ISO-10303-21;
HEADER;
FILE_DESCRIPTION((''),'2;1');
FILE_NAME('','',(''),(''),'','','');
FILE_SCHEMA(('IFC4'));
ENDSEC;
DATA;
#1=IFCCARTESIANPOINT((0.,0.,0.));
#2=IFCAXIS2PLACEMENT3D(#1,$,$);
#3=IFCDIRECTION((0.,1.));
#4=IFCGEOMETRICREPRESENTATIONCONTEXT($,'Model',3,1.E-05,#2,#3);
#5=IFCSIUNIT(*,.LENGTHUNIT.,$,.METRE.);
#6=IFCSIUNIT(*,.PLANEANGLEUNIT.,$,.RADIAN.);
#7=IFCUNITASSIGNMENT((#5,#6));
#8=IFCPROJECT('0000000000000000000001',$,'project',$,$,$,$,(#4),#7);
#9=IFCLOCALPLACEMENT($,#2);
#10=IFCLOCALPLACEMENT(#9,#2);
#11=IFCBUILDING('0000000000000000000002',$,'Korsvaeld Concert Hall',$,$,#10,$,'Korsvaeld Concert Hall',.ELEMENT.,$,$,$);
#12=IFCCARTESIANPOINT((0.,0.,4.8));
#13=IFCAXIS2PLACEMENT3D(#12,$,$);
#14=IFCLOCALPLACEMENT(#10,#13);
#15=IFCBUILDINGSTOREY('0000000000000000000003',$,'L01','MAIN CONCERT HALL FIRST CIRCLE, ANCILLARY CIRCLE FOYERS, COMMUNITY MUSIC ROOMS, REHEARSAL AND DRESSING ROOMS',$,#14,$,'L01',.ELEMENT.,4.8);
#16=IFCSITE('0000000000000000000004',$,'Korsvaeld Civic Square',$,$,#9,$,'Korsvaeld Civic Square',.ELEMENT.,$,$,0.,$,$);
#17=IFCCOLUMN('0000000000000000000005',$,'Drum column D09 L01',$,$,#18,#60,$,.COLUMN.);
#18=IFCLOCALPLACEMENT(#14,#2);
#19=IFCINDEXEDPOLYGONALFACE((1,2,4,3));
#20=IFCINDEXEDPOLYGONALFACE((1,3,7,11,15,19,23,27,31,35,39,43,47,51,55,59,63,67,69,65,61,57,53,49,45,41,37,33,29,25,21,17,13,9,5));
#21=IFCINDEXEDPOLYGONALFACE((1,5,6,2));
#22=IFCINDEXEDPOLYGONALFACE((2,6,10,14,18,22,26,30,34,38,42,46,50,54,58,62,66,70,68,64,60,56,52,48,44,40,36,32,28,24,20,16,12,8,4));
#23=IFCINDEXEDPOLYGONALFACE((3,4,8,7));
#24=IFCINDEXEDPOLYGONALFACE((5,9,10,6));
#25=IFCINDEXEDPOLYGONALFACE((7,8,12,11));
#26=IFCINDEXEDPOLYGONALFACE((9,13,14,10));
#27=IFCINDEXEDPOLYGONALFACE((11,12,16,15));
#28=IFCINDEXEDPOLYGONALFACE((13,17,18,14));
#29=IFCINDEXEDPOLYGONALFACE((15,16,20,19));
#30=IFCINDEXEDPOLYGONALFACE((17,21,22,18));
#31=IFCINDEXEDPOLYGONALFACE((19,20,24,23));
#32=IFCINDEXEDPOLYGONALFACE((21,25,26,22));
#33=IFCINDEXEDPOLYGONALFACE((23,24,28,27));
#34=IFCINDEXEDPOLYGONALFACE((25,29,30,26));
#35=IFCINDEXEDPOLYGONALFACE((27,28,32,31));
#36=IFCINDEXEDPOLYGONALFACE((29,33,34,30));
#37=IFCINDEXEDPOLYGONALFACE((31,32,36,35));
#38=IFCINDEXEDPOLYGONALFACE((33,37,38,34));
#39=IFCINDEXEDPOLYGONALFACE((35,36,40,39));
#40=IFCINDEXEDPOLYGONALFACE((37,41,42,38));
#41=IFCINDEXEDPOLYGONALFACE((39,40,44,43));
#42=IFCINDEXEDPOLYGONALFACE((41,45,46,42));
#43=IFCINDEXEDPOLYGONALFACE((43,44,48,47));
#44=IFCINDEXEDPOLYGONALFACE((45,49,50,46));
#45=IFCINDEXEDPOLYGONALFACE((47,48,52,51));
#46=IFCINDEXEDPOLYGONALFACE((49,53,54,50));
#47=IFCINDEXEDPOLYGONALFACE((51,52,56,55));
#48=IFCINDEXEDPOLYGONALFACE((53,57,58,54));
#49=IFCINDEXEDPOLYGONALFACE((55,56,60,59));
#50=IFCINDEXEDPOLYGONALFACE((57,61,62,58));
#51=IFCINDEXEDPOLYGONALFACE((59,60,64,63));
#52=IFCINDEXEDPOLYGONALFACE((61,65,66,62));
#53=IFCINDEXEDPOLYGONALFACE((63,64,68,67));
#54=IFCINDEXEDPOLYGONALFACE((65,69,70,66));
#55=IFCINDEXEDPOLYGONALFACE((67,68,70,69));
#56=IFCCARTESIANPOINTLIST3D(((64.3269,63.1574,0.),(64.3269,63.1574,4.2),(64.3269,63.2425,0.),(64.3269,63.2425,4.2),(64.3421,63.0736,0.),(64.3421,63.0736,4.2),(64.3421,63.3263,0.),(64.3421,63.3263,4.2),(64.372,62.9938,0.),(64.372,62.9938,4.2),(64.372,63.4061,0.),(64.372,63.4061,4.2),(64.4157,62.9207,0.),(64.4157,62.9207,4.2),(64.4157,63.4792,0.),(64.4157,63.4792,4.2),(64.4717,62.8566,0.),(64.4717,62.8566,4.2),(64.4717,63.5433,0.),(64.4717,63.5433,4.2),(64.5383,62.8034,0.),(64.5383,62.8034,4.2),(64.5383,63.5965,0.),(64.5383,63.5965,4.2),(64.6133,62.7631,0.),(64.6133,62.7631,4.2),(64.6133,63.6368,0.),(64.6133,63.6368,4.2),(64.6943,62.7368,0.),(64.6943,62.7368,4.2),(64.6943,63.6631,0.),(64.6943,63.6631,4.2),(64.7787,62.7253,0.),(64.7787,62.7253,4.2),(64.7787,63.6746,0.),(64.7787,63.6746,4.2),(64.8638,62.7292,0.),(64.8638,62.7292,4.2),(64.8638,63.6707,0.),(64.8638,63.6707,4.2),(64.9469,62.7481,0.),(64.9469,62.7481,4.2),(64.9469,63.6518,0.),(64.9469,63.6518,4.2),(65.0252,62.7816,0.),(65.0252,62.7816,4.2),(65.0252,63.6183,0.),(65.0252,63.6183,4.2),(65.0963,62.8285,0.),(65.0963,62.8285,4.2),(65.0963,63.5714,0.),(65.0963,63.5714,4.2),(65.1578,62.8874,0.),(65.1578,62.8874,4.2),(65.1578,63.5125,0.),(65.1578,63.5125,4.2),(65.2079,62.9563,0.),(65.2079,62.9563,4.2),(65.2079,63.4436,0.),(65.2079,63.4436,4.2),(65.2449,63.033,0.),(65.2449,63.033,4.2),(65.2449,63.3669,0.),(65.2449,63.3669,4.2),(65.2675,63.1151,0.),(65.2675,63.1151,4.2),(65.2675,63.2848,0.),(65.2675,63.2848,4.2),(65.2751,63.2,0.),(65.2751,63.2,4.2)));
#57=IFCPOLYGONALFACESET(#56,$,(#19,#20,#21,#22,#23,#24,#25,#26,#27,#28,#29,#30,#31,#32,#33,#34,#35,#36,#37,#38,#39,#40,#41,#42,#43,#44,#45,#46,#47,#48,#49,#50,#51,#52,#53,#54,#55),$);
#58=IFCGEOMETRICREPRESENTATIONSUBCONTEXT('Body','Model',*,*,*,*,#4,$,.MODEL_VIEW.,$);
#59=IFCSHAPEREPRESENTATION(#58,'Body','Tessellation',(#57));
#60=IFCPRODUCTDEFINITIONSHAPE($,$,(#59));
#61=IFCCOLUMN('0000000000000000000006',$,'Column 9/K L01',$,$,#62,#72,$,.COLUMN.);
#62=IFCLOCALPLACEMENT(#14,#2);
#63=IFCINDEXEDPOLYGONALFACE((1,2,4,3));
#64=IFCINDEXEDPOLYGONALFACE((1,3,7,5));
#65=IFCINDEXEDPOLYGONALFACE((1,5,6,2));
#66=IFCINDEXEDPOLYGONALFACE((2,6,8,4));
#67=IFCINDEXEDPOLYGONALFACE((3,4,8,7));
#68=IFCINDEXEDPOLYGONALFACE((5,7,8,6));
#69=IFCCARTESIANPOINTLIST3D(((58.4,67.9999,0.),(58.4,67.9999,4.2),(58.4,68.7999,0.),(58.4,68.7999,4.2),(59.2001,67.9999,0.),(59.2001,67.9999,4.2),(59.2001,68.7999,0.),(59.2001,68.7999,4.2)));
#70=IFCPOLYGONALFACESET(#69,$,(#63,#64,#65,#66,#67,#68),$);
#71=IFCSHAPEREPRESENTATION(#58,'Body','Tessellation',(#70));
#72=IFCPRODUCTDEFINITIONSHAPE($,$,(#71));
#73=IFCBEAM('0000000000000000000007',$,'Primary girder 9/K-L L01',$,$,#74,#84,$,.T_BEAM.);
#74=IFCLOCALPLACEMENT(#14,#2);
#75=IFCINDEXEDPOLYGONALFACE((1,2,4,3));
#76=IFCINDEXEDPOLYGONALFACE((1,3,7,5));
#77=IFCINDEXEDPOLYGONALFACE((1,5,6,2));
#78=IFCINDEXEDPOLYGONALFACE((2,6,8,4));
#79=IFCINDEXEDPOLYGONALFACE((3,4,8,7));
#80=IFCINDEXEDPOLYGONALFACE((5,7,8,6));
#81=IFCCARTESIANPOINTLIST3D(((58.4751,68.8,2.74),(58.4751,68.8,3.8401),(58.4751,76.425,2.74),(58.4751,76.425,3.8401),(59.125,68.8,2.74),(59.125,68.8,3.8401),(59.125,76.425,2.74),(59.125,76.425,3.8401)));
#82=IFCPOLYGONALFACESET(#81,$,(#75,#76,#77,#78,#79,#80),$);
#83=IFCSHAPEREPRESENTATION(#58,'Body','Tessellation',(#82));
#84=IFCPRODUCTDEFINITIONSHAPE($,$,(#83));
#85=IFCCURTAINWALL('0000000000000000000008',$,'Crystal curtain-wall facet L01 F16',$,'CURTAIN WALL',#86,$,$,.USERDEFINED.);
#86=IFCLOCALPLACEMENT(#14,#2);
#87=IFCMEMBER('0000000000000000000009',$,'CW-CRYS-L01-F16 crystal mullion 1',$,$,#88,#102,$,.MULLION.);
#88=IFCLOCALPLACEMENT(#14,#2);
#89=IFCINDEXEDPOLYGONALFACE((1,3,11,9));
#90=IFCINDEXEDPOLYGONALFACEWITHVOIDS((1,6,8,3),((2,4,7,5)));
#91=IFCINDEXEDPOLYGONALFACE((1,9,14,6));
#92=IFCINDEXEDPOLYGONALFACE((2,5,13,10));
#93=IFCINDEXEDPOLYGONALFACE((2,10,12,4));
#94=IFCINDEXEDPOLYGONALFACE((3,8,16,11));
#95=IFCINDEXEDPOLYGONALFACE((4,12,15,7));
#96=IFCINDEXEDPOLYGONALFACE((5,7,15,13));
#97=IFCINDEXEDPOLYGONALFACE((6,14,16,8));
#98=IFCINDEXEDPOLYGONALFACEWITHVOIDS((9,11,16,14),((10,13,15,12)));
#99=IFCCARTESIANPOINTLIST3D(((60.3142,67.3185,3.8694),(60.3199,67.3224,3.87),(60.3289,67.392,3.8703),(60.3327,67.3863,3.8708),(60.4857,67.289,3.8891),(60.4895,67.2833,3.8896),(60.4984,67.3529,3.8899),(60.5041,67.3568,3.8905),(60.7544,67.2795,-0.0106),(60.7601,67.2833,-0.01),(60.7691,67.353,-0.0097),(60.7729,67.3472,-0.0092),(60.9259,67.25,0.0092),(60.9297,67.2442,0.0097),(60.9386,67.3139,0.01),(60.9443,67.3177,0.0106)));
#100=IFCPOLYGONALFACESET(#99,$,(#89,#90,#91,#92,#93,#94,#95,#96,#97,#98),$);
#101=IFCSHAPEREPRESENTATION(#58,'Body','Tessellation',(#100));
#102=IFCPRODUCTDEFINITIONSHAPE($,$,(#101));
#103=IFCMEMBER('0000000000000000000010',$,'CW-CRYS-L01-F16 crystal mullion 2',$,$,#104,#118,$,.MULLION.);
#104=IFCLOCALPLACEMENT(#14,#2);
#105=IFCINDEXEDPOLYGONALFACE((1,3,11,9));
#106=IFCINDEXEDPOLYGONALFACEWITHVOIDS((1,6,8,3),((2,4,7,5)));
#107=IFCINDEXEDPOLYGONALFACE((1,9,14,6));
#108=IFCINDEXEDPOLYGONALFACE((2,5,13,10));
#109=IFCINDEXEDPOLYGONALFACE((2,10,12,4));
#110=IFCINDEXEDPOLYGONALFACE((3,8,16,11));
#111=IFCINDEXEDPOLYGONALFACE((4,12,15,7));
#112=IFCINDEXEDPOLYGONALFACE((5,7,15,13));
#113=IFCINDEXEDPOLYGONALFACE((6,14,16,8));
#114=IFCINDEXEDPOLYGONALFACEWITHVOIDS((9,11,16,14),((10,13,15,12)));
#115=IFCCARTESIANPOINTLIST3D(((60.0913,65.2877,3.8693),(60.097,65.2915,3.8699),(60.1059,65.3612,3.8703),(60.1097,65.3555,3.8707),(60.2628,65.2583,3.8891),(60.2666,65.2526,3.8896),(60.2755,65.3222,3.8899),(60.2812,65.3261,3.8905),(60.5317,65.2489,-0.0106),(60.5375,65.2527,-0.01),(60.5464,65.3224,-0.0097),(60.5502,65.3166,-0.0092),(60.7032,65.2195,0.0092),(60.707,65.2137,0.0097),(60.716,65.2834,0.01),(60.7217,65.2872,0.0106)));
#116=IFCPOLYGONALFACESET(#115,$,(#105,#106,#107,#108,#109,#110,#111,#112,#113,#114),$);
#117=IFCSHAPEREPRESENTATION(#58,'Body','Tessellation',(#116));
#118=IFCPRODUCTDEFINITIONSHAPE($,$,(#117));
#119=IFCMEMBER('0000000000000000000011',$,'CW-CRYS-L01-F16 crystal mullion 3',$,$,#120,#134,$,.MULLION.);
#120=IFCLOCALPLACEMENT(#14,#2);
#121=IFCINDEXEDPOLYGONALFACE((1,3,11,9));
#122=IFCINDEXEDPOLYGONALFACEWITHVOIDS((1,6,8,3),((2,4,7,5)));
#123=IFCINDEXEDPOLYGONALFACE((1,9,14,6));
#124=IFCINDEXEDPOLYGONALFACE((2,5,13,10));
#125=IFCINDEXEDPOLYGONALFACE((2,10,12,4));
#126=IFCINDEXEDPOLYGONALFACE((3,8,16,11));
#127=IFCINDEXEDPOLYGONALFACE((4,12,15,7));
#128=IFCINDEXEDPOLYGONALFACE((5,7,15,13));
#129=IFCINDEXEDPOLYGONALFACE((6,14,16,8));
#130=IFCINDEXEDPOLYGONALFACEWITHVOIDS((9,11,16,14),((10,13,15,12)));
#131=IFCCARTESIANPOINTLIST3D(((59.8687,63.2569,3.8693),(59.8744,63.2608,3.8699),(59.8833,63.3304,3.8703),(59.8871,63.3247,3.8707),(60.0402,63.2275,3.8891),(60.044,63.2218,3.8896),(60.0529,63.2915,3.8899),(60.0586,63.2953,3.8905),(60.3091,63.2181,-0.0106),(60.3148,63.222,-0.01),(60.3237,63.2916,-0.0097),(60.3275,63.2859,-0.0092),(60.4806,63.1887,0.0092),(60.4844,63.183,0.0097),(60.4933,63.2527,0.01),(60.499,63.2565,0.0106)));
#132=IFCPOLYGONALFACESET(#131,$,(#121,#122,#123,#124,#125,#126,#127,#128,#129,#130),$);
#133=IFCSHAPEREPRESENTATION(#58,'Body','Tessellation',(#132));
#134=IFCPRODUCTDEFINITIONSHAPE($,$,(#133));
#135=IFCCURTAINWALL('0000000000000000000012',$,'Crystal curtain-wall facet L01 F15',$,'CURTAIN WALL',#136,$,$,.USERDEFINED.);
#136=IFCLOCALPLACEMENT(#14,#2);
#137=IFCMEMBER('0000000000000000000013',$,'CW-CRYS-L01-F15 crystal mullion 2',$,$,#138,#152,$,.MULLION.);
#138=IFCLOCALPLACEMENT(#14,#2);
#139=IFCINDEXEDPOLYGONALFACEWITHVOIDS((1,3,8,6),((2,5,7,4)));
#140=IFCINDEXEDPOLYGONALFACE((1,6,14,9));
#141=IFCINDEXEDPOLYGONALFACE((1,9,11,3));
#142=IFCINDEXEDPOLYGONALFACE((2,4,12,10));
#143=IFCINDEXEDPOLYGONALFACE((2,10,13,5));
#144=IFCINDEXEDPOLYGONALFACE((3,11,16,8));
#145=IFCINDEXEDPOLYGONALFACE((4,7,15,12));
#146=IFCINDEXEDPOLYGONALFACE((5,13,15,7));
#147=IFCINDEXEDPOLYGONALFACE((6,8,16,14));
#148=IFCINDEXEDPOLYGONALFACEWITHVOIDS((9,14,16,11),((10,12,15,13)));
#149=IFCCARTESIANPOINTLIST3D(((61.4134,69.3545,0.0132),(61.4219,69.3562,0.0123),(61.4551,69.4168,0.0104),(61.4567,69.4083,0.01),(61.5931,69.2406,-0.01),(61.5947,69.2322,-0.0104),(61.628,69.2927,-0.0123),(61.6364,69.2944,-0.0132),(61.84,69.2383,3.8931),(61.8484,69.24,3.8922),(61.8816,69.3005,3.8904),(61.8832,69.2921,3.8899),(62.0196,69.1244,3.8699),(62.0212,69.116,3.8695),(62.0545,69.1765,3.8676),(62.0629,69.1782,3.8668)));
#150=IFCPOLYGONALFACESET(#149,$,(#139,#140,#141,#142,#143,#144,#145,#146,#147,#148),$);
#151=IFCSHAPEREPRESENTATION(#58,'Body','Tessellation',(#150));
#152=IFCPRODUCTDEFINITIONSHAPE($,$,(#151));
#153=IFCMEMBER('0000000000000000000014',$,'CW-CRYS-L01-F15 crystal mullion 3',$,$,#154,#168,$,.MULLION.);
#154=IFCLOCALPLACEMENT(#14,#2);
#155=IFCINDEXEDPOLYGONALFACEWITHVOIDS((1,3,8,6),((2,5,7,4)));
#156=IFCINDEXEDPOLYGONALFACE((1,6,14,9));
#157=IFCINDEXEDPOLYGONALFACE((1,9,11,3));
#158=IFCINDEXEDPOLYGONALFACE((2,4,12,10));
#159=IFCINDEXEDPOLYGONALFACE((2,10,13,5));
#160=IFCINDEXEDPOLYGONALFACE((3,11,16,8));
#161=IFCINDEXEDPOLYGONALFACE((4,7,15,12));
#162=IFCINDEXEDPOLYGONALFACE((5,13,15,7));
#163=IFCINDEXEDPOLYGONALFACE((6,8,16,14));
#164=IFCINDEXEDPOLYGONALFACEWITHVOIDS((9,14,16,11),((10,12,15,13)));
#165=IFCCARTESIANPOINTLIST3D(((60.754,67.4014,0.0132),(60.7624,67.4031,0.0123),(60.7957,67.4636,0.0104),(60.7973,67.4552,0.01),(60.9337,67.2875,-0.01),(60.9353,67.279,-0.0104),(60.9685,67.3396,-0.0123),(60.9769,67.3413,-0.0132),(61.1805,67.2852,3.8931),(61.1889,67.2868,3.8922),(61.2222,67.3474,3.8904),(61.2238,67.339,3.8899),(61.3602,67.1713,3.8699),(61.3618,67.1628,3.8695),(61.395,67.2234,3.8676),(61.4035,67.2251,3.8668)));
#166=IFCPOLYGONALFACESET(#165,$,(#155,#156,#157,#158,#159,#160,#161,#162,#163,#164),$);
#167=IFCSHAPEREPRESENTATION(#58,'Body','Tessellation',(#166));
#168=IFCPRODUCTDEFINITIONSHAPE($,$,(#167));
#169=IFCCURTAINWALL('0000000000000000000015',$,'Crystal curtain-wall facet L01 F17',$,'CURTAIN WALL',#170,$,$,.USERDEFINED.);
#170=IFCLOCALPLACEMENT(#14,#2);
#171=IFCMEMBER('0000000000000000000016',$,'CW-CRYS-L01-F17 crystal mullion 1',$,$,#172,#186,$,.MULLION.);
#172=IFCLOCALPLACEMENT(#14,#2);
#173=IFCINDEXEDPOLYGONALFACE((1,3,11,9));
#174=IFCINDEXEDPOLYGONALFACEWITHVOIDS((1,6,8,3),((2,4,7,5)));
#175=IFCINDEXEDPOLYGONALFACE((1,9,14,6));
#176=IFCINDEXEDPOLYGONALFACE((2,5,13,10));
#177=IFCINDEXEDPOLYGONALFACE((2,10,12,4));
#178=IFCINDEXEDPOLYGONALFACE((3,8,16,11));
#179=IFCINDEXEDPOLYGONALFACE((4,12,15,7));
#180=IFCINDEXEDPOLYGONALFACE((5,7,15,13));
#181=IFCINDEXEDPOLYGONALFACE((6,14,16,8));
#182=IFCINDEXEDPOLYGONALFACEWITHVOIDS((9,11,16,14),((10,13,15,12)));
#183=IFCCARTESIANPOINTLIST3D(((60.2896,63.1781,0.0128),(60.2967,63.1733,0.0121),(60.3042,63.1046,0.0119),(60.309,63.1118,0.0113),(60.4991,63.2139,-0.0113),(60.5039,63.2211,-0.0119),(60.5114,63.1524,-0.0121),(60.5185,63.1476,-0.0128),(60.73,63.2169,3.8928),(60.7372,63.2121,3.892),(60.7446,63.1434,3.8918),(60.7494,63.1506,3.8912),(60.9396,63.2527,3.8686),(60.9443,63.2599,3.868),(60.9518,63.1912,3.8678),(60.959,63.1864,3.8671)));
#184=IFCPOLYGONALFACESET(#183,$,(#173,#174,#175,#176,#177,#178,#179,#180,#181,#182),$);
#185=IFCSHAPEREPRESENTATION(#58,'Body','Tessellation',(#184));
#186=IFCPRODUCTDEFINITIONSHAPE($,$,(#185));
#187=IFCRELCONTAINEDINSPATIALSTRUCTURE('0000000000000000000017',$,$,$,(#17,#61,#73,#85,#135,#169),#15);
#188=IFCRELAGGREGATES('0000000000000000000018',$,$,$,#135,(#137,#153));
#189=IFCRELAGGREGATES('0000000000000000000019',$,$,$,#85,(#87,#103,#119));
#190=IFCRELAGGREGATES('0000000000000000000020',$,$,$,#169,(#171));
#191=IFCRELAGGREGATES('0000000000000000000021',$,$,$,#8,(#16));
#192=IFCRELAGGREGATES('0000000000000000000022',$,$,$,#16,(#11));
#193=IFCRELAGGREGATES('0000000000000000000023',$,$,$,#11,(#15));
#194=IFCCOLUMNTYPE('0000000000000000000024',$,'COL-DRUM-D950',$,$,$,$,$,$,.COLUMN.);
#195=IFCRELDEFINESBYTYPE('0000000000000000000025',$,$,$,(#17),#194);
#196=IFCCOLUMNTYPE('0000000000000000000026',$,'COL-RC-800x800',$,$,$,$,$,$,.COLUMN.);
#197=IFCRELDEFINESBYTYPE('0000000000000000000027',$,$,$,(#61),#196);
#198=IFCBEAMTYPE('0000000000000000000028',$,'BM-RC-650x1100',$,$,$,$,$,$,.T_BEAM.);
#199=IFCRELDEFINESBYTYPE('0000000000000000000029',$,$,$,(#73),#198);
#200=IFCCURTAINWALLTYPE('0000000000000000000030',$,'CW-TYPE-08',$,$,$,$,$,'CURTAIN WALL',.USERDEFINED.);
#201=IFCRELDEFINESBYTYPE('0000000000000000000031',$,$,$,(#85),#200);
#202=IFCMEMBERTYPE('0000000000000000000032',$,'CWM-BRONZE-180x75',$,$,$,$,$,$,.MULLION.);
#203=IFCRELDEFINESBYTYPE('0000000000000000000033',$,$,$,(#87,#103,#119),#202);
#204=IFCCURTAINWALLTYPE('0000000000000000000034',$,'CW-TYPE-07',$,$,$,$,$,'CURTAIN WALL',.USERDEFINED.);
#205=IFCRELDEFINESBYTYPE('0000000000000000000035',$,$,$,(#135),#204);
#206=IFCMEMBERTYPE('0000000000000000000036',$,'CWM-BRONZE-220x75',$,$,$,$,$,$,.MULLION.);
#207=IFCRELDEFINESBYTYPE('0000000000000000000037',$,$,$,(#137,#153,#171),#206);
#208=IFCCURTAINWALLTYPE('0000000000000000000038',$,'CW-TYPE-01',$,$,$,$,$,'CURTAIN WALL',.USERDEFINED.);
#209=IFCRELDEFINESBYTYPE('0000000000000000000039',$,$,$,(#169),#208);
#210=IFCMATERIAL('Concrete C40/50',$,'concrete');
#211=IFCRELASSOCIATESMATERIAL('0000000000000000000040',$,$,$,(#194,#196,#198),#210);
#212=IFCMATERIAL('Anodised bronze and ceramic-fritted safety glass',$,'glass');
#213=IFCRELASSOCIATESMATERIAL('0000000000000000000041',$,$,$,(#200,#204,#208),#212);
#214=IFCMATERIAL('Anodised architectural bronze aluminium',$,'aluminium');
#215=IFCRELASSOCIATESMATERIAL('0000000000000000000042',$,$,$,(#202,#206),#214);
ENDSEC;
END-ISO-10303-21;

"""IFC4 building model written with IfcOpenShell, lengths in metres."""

from ifc_helpers import new_model, si_unit, direction, frame, origin, origin_2d, place, context, subcontext, project, spatial, rectangle, hollow_rectangle, circle, extrude, material, material_profile, profile_set, type_object, element, aggregate, save


model = new_model("IFC4")

# Units and contexts
model_context = context("Model", 3, precision=1e-05, world=origin(), true_north=direction((0.0, 1.0)))
body_context = subcontext(model_context, "Body", "Model", "MODEL_VIEW")
ifc_project = project(units=[si_unit("LENGTHUNIT", "METRE"), si_unit("PLANEANGLEUNIT", "RADIAN")], contexts=[model_context])

# Site, building, storey
site_placement = place(None, origin())
site = spatial("IfcSite", under=ifc_project, at=site_placement, Name="Korsvaeld Civic Square", LongName="Korsvaeld Civic Square", CompositionType="ELEMENT", RefElevation=0.0)
building_placement = place(site_placement, origin())
building = spatial("IfcBuilding", under=site, at=building_placement, Name="Korsvaeld Concert Hall", LongName="Korsvaeld Concert Hall", CompositionType="ELEMENT")
storey_placement = place(building_placement, frame((0.0, 0.0, 4.8)))
storey = spatial("IfcBuildingStorey", under=building, at=storey_placement, Name="L01", Description="MAIN CONCERT HALL FIRST CIRCLE, ANCILLARY CIRCLE FOYERS, COMMUNITY MUSIC ROOMS, REHEARSAL AND DRESSING ROOMS", LongName="L01", CompositionType="ELEMENT", Elevation=4.8)

# Columns
ifc_material_1 = material(Name="Concrete C40/50", Category="concrete")
ifc_material_profile_1 = material_profile(ifc_material_1, circle(Radius=0.4751, at=origin_2d()), Name="RC D950")
ifc_profile_set_1 = profile_set([ifc_material_profile_1], Name="Concrete C40/50")
column_type_1 = type_object("IfcColumnType", Name="COL-DRUM-D950", PredefinedType="COLUMN", material=ifc_profile_set_1)
column_1_placement = place(storey_placement, frame((64.8, 63.2, 0.0), z_axis=(0.0, 0.0, 1.0), x_axis=(1.0, 0.0, 0.0)))
element("IfcColumn", 1, at=column_1_placement, inside=storey, type_object=column_type_1, Name="Drum column D09 L01", PredefinedType="COLUMN", context=body_context, shape_type="SweptSolid", body=[
    extrude(circle(Radius=0.4751, at=origin_2d()), origin(), (0.0, 0.0, 1.0), 4.2),
])
ifc_material_profile_2 = material_profile(ifc_material_1, rectangle(XDim=0.8, YDim=0.8, at=origin_2d()), Name="RC 800x800")
ifc_profile_set_2 = profile_set([ifc_material_profile_2], Name="Concrete C40/50")
column_type_2 = type_object("IfcColumnType", Name="COL-RC-800x800", PredefinedType="COLUMN", material=ifc_profile_set_2)
column_2_placement = place(storey_placement, frame((58.8, 68.3999, 0.0), z_axis=(0.0, 0.0, 1.0), x_axis=(1.0, 0.0, 0.0)))
element("IfcColumn", 2, at=column_2_placement, inside=storey, type_object=column_type_2, Name="Column 9/K L01", PredefinedType="COLUMN", context=body_context, shape_type="SweptSolid", body=[
    extrude(rectangle(XDim=0.8, YDim=0.8, at=origin_2d()), origin(), (0.0, 0.0, 1.0), 4.2),
])

# Beam
ifc_material_profile_3 = material_profile(ifc_material_1, rectangle(XDim=0.6499, YDim=1.1001, at=origin_2d()), Name="RC 650x1100")
ifc_profile_set_3 = profile_set([ifc_material_profile_3], Name="Concrete C40/50")
beam_type = type_object("IfcBeamType", Name="BM-RC-650x1100", PredefinedType="T_BEAM", material=ifc_profile_set_3)
beam_placement = place(storey_placement, frame((58.8, 68.8, 3.29), z_axis=(0.0, 1.0, 0.0), x_axis=(-1.0, 0.0, 0.0)))
element("IfcBeam", 3, at=beam_placement, inside=storey, type_object=beam_type, Name="Primary girder 9/K-L L01", PredefinedType="T_BEAM", context=body_context, shape_type="SweptSolid", body=[
    extrude(rectangle(XDim=0.6499, YDim=1.1001, at=origin_2d()), origin(), (0.0, 0.0, 1.0), 7.625),
])

# Curtain walls, members
ifc_material_2 = material(Name="Anodised bronze and ceramic-fritted safety glass", Category="glass")
curtain_wall_type_1 = type_object("IfcCurtainWallType", Name="CW-TYPE-08", ElementType="CURTAIN WALL", PredefinedType="USERDEFINED", material=ifc_material_2)
curtain_wall_1_placement = place(storey_placement, origin())
curtain_wall_1 = element("IfcCurtainWall", 4, at=curtain_wall_1_placement, inside=storey, type_object=curtain_wall_type_1, Name="Crystal curtain-wall facet L01 F16", ObjectType="CURTAIN WALL", PredefinedType="USERDEFINED")
ifc_material_3 = material(Name="Anodised architectural bronze aluminium", Category="aluminium")
ifc_material_profile_4 = material_profile(ifc_material_3, hollow_rectangle(XDim=0.075, YDim=0.1799, WallThickness=0.0049, at=origin_2d()), Name="CWM 180x75x5")
ifc_profile_set_4 = profile_set([ifc_material_profile_4], Name="Anodised architectural bronze aluminium")
member_type_1 = type_object("IfcMemberType", Name="CWM-BRONZE-180x75", PredefinedType="MULLION", material=ifc_profile_set_4)
member_1_placement = place(storey_placement, frame((60.8494, 67.2986, 0.0), z_axis=(-0.112724, 0.010003, 0.993576), x_axis=(-0.195739, -0.980578, -0.012335)))
member_1 = element("IfcMember", 5, at=member_1_placement, type_object=member_type_1, Name="CW-CRYS-L01-F16 crystal mullion 1", PredefinedType="MULLION", context=body_context, shape_type="SweptSolid", body=[
    extrude(hollow_rectangle(XDim=0.075, YDim=0.1799, WallThickness=0.0049, at=origin_2d()), origin(), (0.0, 0.0, 1.0), 3.905),
])
member_2_placement = place(storey_placement, frame((60.6267, 65.2681, 0.0), z_axis=(-0.112786, 0.009941, 0.99357), x_axis=(-0.195151, -0.980695, -0.012341)))
member_2 = element("IfcMember", 6, at=member_2_placement, type_object=member_type_1, Name="CW-CRYS-L01-F16 crystal mullion 2", PredefinedType="MULLION", context=body_context, shape_type="SweptSolid", body=[
    extrude(hollow_rectangle(XDim=0.075, YDim=0.1799, WallThickness=0.0049, at=origin_2d()), origin(), (0.0, 0.0, 1.0), 3.905),
])
member_3_placement = place(storey_placement, frame((60.4041, 63.2373, 0.0), z_axis=(-0.112786, 0.009941, 0.99357), x_axis=(-0.195151, -0.980695, -0.012341)))
member_3 = element("IfcMember", 7, at=member_3_placement, type_object=member_type_1, Name="CW-CRYS-L01-F16 crystal mullion 3", PredefinedType="MULLION", context=body_context, shape_type="SweptSolid", body=[
    extrude(hollow_rectangle(XDim=0.075, YDim=0.1799, WallThickness=0.0049, at=origin_2d()), origin(), (0.0, 0.0, 1.0), 3.905),
])
curtain_wall_type_2 = type_object("IfcCurtainWallType", Name="CW-TYPE-07", ElementType="CURTAIN WALL", PredefinedType="USERDEFINED", material=ifc_material_2)
curtain_wall_2_placement = place(storey_placement, origin())
curtain_wall_2 = element("IfcCurtainWall", 8, at=curtain_wall_2_placement, inside=storey, type_object=curtain_wall_type_2, Name="Crystal curtain-wall facet L01 F15", ObjectType="CURTAIN WALL", PredefinedType="USERDEFINED")
ifc_material_profile_5 = material_profile(ifc_material_3, hollow_rectangle(XDim=0.075, YDim=0.22, WallThickness=0.0061, at=origin_2d()), Name="CWM 220x75x6")
ifc_profile_set_5 = profile_set([ifc_material_profile_5], Name="Anodised architectural bronze aluminium")
member_type_2 = type_object("IfcMemberType", Name="CWM-BRONZE-220x75", PredefinedType="MULLION", material=ifc_profile_set_5)
member_4_placement = place(storey_placement, frame((61.5249, 69.3245, 0.0), z_axis=(0.109223, -0.02976, 0.993572), x_axis=(0.555751, 0.830559, -0.036216)))
member_4 = element("IfcMember", 9, at=member_4_placement, type_object=member_type_2, Name="CW-CRYS-L01-F15 crystal mullion 2", PredefinedType="MULLION", context=body_context, shape_type="SweptSolid", body=[
    extrude(hollow_rectangle(XDim=0.075, YDim=0.22, WallThickness=0.0061, at=origin_2d()), origin(), (0.0, 0.0, 1.0), 3.905),
])
member_5_placement = place(storey_placement, frame((60.8655, 67.3713, 0.0), z_axis=(0.109223, -0.02976, 0.993572), x_axis=(0.555751, 0.830559, -0.036216)))
member_5 = element("IfcMember", 10, at=member_5_placement, type_object=member_type_2, Name="CW-CRYS-L01-F15 crystal mullion 3", PredefinedType="MULLION", context=body_context, shape_type="SweptSolid", body=[
    extrude(hollow_rectangle(XDim=0.075, YDim=0.22, WallThickness=0.0061, at=origin_2d()), origin(), (0.0, 0.0, 1.0), 3.905),
])

# Curtain wall, member
curtain_wall_type_3 = type_object("IfcCurtainWallType", Name="CW-TYPE-01", ElementType="CURTAIN WALL", PredefinedType="USERDEFINED", material=ifc_material_2)
curtain_wall_3_placement = place(storey_placement, origin())
curtain_wall_3 = element("IfcCurtainWall", 11, at=curtain_wall_3_placement, inside=storey, type_object=curtain_wall_type_3, Name="Crystal curtain-wall facet L01 F17", ObjectType="CURTAIN WALL", PredefinedType="USERDEFINED")
member_6_placement = place(storey_placement, frame((60.4041, 63.1628, 0.0), z_axis=(0.112786, 0.009941, 0.99357), x_axis=(-0.195151, 0.980695, 0.012341)))
member_6 = element("IfcMember", 12, at=member_6_placement, type_object=member_type_2, Name="CW-CRYS-L01-F17 crystal mullion 1", PredefinedType="MULLION", context=body_context, shape_type="SweptSolid", body=[
    extrude(hollow_rectangle(XDim=0.075, YDim=0.22, WallThickness=0.0061, at=origin_2d()), origin(), (0.0, 0.0, 1.0), 3.905),
])

aggregate(curtain_wall_2, [member_4, member_5])
aggregate(curtain_wall_1, [member_1, member_2, member_3])
aggregate(curtain_wall_3, [member_6])

save(model, "model.ifc")
